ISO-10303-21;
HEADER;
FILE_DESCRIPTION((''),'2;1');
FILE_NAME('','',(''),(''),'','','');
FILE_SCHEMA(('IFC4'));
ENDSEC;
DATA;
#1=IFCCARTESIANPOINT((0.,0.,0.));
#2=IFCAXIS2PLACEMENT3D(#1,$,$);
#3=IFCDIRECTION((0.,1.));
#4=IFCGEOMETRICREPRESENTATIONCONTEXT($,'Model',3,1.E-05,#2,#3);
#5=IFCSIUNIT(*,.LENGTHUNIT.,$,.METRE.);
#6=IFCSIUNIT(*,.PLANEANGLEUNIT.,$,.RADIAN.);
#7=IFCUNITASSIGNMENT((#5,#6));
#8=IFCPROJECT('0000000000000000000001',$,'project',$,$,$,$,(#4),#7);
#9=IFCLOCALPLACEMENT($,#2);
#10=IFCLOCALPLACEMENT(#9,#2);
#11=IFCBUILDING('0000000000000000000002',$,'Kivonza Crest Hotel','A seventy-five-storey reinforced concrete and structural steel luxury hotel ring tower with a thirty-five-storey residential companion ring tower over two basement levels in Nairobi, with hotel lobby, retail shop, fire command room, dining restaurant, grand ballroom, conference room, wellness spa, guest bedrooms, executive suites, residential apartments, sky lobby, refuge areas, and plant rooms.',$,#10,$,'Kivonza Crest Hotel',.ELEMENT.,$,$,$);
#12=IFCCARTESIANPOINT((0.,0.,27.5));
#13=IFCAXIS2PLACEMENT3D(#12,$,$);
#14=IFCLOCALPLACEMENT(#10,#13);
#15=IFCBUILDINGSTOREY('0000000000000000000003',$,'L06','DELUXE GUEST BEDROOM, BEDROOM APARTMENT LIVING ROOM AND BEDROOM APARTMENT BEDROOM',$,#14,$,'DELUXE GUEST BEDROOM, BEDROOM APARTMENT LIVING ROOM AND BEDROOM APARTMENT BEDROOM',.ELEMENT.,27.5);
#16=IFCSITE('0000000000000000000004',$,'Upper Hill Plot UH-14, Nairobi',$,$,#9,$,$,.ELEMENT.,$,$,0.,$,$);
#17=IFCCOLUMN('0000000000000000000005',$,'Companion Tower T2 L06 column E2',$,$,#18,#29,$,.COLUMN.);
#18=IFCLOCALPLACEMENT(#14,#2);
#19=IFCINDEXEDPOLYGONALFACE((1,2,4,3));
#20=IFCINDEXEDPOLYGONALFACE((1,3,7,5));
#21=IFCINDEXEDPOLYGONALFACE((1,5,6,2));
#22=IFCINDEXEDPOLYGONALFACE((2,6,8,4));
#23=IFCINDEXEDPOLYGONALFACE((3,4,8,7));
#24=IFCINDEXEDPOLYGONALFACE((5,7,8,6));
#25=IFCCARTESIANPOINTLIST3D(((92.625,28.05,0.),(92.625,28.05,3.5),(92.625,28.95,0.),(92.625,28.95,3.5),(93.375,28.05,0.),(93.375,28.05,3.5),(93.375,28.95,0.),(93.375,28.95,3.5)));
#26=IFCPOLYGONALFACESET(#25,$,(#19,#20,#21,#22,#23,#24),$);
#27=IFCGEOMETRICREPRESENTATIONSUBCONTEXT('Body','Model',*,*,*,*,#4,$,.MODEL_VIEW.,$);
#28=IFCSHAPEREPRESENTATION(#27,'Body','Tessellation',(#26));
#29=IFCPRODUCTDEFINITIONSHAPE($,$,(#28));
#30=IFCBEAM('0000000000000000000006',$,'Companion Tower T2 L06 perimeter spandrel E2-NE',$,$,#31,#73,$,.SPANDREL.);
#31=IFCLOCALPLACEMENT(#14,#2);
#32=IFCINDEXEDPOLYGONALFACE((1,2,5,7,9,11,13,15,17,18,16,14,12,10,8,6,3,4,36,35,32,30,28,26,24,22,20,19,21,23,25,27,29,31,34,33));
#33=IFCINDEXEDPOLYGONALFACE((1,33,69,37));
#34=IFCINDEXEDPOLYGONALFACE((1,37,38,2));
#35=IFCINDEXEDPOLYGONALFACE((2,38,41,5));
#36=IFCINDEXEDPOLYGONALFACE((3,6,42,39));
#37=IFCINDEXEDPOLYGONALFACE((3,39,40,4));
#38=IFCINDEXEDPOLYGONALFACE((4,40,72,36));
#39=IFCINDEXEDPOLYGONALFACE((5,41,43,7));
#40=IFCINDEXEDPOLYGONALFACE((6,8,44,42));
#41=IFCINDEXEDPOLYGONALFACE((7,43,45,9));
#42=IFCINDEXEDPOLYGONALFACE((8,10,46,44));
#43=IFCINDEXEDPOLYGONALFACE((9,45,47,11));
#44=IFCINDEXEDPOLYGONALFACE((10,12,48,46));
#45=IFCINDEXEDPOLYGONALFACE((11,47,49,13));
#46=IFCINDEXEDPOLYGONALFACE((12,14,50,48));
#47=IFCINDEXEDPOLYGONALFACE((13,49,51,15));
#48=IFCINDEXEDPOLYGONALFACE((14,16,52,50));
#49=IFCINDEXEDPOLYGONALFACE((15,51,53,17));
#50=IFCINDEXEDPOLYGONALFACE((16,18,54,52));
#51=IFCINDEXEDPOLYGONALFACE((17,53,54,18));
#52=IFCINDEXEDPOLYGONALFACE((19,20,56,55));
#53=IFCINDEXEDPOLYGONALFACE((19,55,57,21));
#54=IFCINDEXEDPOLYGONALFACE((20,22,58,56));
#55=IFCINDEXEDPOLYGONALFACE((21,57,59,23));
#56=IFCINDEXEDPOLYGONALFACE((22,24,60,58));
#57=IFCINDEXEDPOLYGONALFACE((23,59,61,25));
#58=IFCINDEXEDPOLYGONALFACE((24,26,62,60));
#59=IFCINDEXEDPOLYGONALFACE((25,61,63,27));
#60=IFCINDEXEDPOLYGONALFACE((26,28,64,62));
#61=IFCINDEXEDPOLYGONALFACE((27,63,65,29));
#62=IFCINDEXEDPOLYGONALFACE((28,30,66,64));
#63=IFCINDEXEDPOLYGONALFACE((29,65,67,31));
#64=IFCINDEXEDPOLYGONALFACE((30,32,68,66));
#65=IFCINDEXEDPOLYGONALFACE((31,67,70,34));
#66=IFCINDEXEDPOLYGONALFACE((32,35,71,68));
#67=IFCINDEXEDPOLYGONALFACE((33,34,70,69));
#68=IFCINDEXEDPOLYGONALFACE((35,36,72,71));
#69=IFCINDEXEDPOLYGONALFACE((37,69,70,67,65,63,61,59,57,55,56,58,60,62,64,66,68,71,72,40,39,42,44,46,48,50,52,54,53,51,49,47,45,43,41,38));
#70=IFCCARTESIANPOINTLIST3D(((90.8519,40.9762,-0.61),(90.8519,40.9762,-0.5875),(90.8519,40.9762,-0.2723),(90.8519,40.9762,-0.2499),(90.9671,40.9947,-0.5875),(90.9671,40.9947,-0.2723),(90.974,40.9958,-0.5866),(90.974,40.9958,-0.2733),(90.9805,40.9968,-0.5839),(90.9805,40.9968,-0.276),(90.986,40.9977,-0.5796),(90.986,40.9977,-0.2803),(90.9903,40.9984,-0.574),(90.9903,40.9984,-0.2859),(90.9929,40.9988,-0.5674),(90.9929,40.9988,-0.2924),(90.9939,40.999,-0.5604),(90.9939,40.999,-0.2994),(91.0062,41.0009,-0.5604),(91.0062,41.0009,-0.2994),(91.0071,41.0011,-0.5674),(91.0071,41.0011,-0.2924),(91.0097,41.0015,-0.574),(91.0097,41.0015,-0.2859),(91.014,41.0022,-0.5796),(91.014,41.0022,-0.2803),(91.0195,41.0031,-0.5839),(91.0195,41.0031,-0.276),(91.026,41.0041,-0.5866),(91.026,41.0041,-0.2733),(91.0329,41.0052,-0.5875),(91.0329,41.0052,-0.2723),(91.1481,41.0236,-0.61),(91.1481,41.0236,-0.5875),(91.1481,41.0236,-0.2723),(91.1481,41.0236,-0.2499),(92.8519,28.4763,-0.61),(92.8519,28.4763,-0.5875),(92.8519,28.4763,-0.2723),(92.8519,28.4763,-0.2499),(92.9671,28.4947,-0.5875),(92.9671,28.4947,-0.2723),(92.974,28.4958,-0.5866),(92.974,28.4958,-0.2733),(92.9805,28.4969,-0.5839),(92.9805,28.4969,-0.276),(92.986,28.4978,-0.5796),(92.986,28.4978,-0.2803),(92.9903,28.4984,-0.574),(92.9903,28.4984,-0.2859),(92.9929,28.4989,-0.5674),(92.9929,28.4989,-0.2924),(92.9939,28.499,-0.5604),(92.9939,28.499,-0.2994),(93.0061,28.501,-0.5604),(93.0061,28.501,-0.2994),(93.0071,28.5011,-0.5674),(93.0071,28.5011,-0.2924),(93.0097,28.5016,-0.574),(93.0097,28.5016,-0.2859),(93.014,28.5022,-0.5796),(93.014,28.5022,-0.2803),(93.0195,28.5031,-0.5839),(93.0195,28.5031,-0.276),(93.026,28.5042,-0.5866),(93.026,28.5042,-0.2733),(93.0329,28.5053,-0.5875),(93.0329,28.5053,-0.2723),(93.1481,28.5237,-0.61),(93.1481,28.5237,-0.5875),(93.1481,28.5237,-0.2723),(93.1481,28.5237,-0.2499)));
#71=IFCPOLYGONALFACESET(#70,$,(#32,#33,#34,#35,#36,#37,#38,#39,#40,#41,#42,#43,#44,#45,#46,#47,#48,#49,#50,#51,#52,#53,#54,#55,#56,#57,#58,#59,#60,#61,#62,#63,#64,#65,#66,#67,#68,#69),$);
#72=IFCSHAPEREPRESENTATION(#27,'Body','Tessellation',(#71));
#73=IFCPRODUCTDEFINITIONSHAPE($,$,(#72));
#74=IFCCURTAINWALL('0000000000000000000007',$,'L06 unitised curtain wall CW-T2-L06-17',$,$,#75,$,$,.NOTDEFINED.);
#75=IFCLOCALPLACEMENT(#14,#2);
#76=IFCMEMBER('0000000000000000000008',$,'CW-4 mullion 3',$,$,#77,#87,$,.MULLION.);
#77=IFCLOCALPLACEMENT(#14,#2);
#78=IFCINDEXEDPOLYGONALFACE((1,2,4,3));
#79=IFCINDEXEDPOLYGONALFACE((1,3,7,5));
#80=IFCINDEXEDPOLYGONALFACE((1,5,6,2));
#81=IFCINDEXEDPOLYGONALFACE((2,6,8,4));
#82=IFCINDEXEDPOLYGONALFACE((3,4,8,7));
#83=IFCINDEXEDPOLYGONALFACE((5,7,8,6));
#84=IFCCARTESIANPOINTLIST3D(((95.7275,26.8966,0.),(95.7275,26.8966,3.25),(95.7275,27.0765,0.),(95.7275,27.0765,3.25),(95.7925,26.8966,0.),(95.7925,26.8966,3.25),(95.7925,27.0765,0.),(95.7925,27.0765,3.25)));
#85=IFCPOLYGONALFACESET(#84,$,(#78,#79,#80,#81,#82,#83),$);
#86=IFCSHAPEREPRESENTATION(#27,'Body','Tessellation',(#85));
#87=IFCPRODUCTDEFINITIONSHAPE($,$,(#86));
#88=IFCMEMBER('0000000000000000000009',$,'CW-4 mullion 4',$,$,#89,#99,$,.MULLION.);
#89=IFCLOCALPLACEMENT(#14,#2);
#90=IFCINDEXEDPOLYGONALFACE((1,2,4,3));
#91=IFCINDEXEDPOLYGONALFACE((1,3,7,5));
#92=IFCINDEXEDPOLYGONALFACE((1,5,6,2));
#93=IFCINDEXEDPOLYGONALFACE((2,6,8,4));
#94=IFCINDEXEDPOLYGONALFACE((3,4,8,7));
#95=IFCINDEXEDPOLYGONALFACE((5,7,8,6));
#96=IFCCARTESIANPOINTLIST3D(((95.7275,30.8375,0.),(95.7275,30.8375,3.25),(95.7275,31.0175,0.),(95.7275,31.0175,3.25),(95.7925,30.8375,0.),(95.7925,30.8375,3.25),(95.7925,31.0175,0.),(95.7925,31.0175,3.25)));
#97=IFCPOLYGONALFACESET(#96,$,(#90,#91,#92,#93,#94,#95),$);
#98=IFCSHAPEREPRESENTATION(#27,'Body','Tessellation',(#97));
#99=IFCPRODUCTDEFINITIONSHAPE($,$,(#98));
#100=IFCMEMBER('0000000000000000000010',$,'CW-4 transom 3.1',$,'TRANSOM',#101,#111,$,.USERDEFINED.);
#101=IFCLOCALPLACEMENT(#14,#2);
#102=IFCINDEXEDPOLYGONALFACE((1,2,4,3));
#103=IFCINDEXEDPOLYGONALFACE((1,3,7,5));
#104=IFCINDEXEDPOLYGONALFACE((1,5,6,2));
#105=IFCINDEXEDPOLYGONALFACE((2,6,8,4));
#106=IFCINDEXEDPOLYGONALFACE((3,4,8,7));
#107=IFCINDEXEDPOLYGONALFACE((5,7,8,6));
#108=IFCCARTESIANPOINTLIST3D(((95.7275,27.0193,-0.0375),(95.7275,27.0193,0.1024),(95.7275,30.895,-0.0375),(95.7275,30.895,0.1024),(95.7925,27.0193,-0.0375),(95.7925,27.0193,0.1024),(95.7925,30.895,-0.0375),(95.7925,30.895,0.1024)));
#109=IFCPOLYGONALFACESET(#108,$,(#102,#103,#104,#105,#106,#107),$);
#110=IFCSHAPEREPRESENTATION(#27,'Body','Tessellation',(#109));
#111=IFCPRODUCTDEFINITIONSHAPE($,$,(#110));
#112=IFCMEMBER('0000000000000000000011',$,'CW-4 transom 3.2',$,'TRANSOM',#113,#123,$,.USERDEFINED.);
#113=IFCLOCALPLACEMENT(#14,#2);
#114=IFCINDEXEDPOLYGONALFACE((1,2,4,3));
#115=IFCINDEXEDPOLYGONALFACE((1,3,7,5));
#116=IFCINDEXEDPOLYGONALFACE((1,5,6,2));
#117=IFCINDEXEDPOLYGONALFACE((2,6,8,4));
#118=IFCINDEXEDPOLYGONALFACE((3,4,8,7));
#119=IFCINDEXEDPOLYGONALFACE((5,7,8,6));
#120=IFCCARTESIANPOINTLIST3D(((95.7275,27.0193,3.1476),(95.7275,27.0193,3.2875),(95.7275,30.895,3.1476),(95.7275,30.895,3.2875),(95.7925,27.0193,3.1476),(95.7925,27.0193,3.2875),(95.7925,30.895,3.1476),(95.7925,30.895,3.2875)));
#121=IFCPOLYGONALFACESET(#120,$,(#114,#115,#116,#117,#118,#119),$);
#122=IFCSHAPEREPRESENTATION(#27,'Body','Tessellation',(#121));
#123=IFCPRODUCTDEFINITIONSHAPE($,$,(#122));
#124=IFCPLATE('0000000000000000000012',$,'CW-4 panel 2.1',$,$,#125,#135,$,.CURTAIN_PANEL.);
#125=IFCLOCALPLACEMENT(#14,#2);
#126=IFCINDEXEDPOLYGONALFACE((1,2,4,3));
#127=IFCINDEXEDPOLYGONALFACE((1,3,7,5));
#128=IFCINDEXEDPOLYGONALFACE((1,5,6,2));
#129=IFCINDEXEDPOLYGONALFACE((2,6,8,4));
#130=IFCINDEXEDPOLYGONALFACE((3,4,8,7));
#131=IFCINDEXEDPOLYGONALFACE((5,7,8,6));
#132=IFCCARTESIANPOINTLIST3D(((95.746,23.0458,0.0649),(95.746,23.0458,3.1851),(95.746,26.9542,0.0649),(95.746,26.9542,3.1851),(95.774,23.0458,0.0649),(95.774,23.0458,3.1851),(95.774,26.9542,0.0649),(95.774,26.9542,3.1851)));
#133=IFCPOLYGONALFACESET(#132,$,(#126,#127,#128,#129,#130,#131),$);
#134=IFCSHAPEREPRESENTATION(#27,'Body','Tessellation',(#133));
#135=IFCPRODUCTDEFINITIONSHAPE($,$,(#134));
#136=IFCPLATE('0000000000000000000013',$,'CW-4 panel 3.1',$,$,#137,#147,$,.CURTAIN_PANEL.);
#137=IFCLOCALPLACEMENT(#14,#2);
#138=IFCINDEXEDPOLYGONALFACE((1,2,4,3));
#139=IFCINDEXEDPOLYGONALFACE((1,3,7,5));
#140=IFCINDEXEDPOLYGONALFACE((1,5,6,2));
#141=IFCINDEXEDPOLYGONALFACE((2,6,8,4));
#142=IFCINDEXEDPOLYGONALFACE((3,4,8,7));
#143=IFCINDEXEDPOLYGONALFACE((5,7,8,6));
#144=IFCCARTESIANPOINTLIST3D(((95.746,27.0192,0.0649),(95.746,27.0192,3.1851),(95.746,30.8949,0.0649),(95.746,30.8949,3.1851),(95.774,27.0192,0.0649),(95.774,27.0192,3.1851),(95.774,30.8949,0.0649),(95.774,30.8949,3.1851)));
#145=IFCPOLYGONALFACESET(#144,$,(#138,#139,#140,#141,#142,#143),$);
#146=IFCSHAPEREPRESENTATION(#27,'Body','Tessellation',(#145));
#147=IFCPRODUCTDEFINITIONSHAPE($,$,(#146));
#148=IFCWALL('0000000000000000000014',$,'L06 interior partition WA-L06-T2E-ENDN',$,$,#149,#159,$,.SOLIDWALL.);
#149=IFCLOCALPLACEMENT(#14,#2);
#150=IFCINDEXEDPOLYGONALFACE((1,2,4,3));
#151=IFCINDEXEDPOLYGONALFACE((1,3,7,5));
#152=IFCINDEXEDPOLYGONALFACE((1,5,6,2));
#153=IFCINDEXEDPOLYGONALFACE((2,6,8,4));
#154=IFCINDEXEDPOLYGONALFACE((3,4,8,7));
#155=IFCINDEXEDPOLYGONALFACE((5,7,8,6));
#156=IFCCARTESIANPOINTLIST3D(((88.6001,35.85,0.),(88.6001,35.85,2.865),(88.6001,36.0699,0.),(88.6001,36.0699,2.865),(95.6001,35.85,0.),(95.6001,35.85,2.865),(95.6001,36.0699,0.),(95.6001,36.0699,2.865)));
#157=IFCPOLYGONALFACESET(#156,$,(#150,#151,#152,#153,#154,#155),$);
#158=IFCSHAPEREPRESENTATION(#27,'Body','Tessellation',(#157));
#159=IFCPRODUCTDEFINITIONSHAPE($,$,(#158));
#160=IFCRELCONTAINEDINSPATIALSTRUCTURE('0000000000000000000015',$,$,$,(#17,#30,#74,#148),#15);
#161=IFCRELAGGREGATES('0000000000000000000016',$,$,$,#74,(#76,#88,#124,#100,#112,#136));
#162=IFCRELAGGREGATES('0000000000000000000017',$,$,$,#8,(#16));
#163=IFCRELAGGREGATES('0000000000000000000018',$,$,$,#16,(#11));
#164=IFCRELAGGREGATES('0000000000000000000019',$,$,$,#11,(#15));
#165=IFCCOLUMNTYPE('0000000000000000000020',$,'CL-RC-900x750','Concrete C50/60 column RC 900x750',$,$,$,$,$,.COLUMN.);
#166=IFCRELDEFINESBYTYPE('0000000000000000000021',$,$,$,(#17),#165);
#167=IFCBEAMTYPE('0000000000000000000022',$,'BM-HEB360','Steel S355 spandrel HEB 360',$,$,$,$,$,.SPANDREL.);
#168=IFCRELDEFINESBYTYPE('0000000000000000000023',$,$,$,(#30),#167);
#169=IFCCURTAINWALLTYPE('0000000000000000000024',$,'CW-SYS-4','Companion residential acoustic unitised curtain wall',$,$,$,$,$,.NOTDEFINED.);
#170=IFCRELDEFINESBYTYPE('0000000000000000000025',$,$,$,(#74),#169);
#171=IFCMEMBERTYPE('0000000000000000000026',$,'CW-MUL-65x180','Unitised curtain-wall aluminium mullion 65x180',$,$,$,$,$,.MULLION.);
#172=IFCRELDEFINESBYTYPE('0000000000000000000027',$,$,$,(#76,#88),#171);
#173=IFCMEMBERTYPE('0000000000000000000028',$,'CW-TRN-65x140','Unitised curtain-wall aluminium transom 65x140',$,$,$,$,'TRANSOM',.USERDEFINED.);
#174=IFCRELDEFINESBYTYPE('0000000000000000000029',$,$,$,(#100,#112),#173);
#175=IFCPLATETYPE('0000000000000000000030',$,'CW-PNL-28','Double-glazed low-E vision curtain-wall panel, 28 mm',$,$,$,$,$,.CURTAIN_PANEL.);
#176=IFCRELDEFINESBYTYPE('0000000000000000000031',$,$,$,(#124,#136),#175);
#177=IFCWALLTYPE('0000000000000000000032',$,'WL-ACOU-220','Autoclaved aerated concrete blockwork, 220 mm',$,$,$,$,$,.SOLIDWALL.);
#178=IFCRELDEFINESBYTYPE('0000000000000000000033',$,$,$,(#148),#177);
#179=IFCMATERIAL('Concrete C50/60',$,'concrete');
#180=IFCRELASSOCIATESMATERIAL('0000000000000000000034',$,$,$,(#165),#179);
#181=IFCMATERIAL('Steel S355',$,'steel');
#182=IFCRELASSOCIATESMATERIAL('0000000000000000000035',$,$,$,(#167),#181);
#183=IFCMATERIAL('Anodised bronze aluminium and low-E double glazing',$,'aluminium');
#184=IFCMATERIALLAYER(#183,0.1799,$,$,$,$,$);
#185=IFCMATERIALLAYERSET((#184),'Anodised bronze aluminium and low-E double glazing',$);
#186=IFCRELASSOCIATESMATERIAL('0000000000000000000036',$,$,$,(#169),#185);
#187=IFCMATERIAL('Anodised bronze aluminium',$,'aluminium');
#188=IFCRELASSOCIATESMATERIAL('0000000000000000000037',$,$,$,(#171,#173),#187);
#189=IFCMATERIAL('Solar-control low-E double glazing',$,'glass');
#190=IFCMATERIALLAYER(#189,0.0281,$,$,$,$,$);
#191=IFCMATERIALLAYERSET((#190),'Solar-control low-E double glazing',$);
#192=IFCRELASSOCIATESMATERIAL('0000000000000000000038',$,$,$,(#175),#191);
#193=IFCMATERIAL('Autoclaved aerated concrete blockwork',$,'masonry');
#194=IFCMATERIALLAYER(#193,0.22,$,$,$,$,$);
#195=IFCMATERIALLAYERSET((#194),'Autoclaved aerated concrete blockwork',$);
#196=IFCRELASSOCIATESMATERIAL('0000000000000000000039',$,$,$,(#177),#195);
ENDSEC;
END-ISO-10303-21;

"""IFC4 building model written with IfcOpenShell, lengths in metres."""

from ifc_helpers import new_model, si_unit, direction, frame, frame_2d, origin, origin_2d, place, context, subcontext, project, spatial, rectangle, i_section, extrude, material, layer, layer_set, material_profile, profile_set, type_object, element, aggregate, save


model = new_model("IFC4")

# Units and contexts
model_context = context("Model", 3, precision=1e-05, world=origin(), true_north=direction((0.0, 1.0)))
body_context = subcontext(model_context, "Body", "Model", "MODEL_VIEW")
ifc_project = project(units=[si_unit("LENGTHUNIT", "METRE"), si_unit("PLANEANGLEUNIT", "RADIAN")], contexts=[model_context])

# Site, building, storey
site_placement = place(None, origin())
site = spatial("IfcSite", under=ifc_project, at=site_placement, Name="Upper Hill Plot UH-14, Nairobi", CompositionType="ELEMENT", RefElevation=0.0)
building_placement = place(site_placement, origin())
building = spatial("IfcBuilding", under=site, at=building_placement, Name="Kivonza Crest Hotel", Description="A seventy-five-storey reinforced concrete and structural steel luxury hotel ring tower with a thirty-five-storey residential companion ring tower over two basement levels in Nairobi, with hotel lobby, retail shop, fire command room, dining restaurant, grand ballroom, conference room, wellness spa, guest bedrooms, executive suites, residential apartments, sky lobby, refuge areas, and plant rooms.", LongName="Kivonza Crest Hotel", CompositionType="ELEMENT")
storey_placement = place(building_placement, frame((0.0, 0.0, 27.5)))
storey = spatial("IfcBuildingStorey", under=building, at=storey_placement, Name="L06", Description="DELUXE GUEST BEDROOM, BEDROOM APARTMENT LIVING ROOM AND BEDROOM APARTMENT BEDROOM", LongName="DELUXE GUEST BEDROOM, BEDROOM APARTMENT LIVING ROOM AND BEDROOM APARTMENT BEDROOM", CompositionType="ELEMENT", Elevation=27.5)

# Column
ifc_material_1 = material(Name="Concrete C50/60", Category="concrete")
ifc_material_profile_1 = material_profile(ifc_material_1, rectangle(XDim=0.75, YDim=0.8999, at=origin_2d()), Name="RC 900x750")
ifc_profile_set_1 = profile_set([ifc_material_profile_1], Name="Concrete C50/60")
column_type = type_object("IfcColumnType", Name="CL-RC-900x750", Description="Concrete C50/60 column RC 900x750", PredefinedType="COLUMN", material=ifc_profile_set_1)
column_placement = place(storey_placement, frame((93.0, 28.5, 0.0), z_axis=(0.0, 0.0, 1.0), x_axis=(1.0, 0.0, 0.0)))
element("IfcColumn", 1, at=column_placement, inside=storey, type_object=column_type, Name="Companion Tower T2 L06 column E2", PredefinedType="COLUMN", context=body_context, shape_type="SweptSolid", body=[
    extrude(rectangle(XDim=0.75, YDim=0.8999, at=origin_2d()), origin(), (0.0, 0.0, 1.0), 3.5),
])

# Beam
ifc_material_2 = material(Name="Steel S355", Category="steel")
ifc_material_profile_2 = material_profile(ifc_material_2, i_section(OverallWidth=0.3, OverallDepth=0.3601, WebThickness=0.0125, FlangeThickness=0.0225, FilletRadius=0.0271, at=origin_2d()), Name="HEB 360")
ifc_profile_set_2 = profile_set([ifc_material_profile_2], Name="Steel S355")
beam_type = type_object("IfcBeamType", Name="BM-HEB360", Description="Steel S355 spandrel HEB 360", PredefinedType="SPANDREL", material=ifc_profile_set_2)
beam_placement = place(storey_placement, frame((93.0, 28.5, -0.4299), z_axis=(-0.157991, 0.987441, 0.0), x_axis=(-0.987441, -0.157991, 0.0)))
element("IfcBeam", 2, at=beam_placement, inside=storey, type_object=beam_type, Name="Companion Tower T2 L06 perimeter spandrel E2-NE", PredefinedType="SPANDREL", context=body_context, shape_type="SweptSolid", body=[
    extrude(i_section(OverallWidth=0.3, OverallDepth=0.3601, WebThickness=0.0125, FlangeThickness=0.0225, FilletRadius=0.0271, at=origin_2d()), origin(), (0.0, 0.0, 1.0), 12.6589),
])

# Curtain wall, members, plates
ifc_material_3 = material(Name="Anodised bronze aluminium and low-E double glazing", Category="aluminium")
ifc_layer_1 = layer(ifc_material_3, 0.1799)
ifc_layer_set_1 = layer_set([ifc_layer_1], Name="Anodised bronze aluminium and low-E double glazing")
curtain_wall_type = type_object("IfcCurtainWallType", Name="CW-SYS-4", Description="Companion residential acoustic unitised curtain wall", PredefinedType="NOTDEFINED", material=ifc_layer_set_1)
curtain_wall_placement = place(storey_placement, origin())
curtain_wall = element("IfcCurtainWall", 3, at=curtain_wall_placement, inside=storey, type_object=curtain_wall_type, Name="L06 unitised curtain wall CW-T2-L06-17", PredefinedType="NOTDEFINED")
ifc_material_4 = material(Name="Anodised bronze aluminium", Category="aluminium")
ifc_material_profile_3 = material_profile(ifc_material_4, rectangle(XDim=0.0649, YDim=0.1799, at=origin_2d()), Name="CW-M 65x180")
ifc_profile_set_3 = profile_set([ifc_material_profile_3], Name="Anodised bronze aluminium")
member_type_1 = type_object("IfcMemberType", Name="CW-MUL-65x180", Description="Unitised curtain-wall aluminium mullion 65x180", PredefinedType="MULLION", material=ifc_profile_set_3)
member_1_placement = place(storey_placement, frame((95.76, 26.9866, 0.0), z_axis=(0.0, 0.0, 1.0), x_axis=(-1.0, 0.0, 0.0)))
member_1 = element("IfcMember", 4, at=member_1_placement, type_object=member_type_1, Name="CW-4 mullion 3", PredefinedType="MULLION", context=body_context, shape_type="SweptSolid", body=[
    extrude(rectangle(XDim=0.0649, YDim=0.1799, at=origin_2d()), origin(), (0.0, 0.0, 1.0), 3.25),
])
member_2_placement = place(storey_placement, frame((95.76, 30.9275, 0.0), z_axis=(0.0, 0.0, 1.0), x_axis=(-1.0, 0.0, 0.0)))
member_2 = element("IfcMember", 5, at=member_2_placement, type_object=member_type_1, Name="CW-4 mullion 4", PredefinedType="MULLION", context=body_context, shape_type="SweptSolid", body=[
    extrude(rectangle(XDim=0.0649, YDim=0.1799, at=origin_2d()), origin(), (0.0, 0.0, 1.0), 3.25),
])
ifc_material_profile_4 = material_profile(ifc_material_4, rectangle(XDim=0.0649, YDim=0.1399, at=origin_2d()), Name="CW-T 65x140")
ifc_profile_set_4 = profile_set([ifc_material_profile_4], Name="Anodised bronze aluminium")
member_type_2 = type_object("IfcMemberType", Name="CW-TRN-65x140", Description="Unitised curtain-wall aluminium transom 65x140", ElementType="TRANSOM", PredefinedType="USERDEFINED", material=ifc_profile_set_4)
member_3_placement = place(storey_placement, frame((95.76, 27.0193, 0.0325), z_axis=(0.0, 1.0, 0.0), x_axis=(-1.0, 0.0, 0.0)))
member_3 = element("IfcMember", 6, at=member_3_placement, type_object=member_type_2, Name="CW-4 transom 3.1", ObjectType="TRANSOM", PredefinedType="USERDEFINED", context=body_context, shape_type="SweptSolid", body=[
    extrude(rectangle(XDim=0.0649, YDim=0.1399, at=origin_2d()), origin(), (0.0, 0.0, 1.0), 3.8757),
])
member_4_placement = place(storey_placement, frame((95.76, 27.0193, 3.2175), z_axis=(0.0, 1.0, 0.0), x_axis=(-1.0, 0.0, 0.0)))
member_4 = element("IfcMember", 7, at=member_4_placement, type_object=member_type_2, Name="CW-4 transom 3.2", ObjectType="TRANSOM", PredefinedType="USERDEFINED", context=body_context, shape_type="SweptSolid", body=[
    extrude(rectangle(XDim=0.0649, YDim=0.1399, at=origin_2d()), origin(), (0.0, 0.0, 1.0), 3.8757),
])
ifc_material_5 = material(Name="Solar-control low-E double glazing", Category="glass")
ifc_layer_2 = layer(ifc_material_5, 0.0281)
ifc_layer_set_2 = layer_set([ifc_layer_2], Name="Solar-control low-E double glazing")
plate_type = type_object("IfcPlateType", Name="CW-PNL-28", Description="Double-glazed low-E vision curtain-wall panel, 28 mm", PredefinedType="CURTAIN_PANEL", material=ifc_layer_set_2)
plate_1_placement = place(storey_placement, frame((95.76, 25.0, 0.0649), z_axis=(0.0, 0.0, 1.0), x_axis=(0.0, 1.0, 0.0)))
plate_1 = element("IfcPlate", 8, at=plate_1_placement, type_object=plate_type, Name="CW-4 panel 2.1", PredefinedType="CURTAIN_PANEL", context=body_context, shape_type="SweptSolid", body=[
    extrude(rectangle(XDim=3.9084, YDim=0.0281, at=origin_2d()), origin(), (0.0, 0.0, 1.0), 3.1201),
])
plate_2_placement = place(storey_placement, frame((95.76, 28.957, 0.0649), z_axis=(0.0, 0.0, 1.0), x_axis=(0.0, 1.0, 0.0)))
plate_2 = element("IfcPlate", 9, at=plate_2_placement, type_object=plate_type, Name="CW-4 panel 3.1", PredefinedType="CURTAIN_PANEL", context=body_context, shape_type="SweptSolid", body=[
    extrude(rectangle(XDim=3.8757, YDim=0.0281, at=origin_2d()), origin(), (0.0, 0.0, 1.0), 3.1201),
])
aggregate(curtain_wall, [member_1, member_2, plate_1, member_3, member_4, plate_2])

# Wall
ifc_material_6 = material(Name="Autoclaved aerated concrete blockwork", Category="masonry")
ifc_layer_3 = layer(ifc_material_6, 0.22)
ifc_layer_set_3 = layer_set([ifc_layer_3], Name="Autoclaved aerated concrete blockwork")
wall_type_1 = type_object("IfcWallType", Name="WL-ACOU-220", Description="Autoclaved aerated concrete blockwork, 220 mm", PredefinedType="SOLIDWALL", material=ifc_layer_set_3)
wall_1_placement = place(storey_placement, frame((88.6001, 35.96, 0.0), z_axis=(0.0, 0.0, 1.0), x_axis=(1.0, 0.0, 0.0)))
element("IfcWall", 10, at=wall_1_placement, inside=storey, type_object=wall_type_1, Name="L06 interior partition WA-L06-T2E-ENDN", PredefinedType="SOLIDWALL", context=body_context, shape_type="SweptSolid", body=[
    extrude(rectangle(XDim=7.0, YDim=0.22, at=frame_2d((3.5, 0.0))), origin(), (0.0, 0.0, 1.0), 2.865),
])

save(model, "model.ifc")
